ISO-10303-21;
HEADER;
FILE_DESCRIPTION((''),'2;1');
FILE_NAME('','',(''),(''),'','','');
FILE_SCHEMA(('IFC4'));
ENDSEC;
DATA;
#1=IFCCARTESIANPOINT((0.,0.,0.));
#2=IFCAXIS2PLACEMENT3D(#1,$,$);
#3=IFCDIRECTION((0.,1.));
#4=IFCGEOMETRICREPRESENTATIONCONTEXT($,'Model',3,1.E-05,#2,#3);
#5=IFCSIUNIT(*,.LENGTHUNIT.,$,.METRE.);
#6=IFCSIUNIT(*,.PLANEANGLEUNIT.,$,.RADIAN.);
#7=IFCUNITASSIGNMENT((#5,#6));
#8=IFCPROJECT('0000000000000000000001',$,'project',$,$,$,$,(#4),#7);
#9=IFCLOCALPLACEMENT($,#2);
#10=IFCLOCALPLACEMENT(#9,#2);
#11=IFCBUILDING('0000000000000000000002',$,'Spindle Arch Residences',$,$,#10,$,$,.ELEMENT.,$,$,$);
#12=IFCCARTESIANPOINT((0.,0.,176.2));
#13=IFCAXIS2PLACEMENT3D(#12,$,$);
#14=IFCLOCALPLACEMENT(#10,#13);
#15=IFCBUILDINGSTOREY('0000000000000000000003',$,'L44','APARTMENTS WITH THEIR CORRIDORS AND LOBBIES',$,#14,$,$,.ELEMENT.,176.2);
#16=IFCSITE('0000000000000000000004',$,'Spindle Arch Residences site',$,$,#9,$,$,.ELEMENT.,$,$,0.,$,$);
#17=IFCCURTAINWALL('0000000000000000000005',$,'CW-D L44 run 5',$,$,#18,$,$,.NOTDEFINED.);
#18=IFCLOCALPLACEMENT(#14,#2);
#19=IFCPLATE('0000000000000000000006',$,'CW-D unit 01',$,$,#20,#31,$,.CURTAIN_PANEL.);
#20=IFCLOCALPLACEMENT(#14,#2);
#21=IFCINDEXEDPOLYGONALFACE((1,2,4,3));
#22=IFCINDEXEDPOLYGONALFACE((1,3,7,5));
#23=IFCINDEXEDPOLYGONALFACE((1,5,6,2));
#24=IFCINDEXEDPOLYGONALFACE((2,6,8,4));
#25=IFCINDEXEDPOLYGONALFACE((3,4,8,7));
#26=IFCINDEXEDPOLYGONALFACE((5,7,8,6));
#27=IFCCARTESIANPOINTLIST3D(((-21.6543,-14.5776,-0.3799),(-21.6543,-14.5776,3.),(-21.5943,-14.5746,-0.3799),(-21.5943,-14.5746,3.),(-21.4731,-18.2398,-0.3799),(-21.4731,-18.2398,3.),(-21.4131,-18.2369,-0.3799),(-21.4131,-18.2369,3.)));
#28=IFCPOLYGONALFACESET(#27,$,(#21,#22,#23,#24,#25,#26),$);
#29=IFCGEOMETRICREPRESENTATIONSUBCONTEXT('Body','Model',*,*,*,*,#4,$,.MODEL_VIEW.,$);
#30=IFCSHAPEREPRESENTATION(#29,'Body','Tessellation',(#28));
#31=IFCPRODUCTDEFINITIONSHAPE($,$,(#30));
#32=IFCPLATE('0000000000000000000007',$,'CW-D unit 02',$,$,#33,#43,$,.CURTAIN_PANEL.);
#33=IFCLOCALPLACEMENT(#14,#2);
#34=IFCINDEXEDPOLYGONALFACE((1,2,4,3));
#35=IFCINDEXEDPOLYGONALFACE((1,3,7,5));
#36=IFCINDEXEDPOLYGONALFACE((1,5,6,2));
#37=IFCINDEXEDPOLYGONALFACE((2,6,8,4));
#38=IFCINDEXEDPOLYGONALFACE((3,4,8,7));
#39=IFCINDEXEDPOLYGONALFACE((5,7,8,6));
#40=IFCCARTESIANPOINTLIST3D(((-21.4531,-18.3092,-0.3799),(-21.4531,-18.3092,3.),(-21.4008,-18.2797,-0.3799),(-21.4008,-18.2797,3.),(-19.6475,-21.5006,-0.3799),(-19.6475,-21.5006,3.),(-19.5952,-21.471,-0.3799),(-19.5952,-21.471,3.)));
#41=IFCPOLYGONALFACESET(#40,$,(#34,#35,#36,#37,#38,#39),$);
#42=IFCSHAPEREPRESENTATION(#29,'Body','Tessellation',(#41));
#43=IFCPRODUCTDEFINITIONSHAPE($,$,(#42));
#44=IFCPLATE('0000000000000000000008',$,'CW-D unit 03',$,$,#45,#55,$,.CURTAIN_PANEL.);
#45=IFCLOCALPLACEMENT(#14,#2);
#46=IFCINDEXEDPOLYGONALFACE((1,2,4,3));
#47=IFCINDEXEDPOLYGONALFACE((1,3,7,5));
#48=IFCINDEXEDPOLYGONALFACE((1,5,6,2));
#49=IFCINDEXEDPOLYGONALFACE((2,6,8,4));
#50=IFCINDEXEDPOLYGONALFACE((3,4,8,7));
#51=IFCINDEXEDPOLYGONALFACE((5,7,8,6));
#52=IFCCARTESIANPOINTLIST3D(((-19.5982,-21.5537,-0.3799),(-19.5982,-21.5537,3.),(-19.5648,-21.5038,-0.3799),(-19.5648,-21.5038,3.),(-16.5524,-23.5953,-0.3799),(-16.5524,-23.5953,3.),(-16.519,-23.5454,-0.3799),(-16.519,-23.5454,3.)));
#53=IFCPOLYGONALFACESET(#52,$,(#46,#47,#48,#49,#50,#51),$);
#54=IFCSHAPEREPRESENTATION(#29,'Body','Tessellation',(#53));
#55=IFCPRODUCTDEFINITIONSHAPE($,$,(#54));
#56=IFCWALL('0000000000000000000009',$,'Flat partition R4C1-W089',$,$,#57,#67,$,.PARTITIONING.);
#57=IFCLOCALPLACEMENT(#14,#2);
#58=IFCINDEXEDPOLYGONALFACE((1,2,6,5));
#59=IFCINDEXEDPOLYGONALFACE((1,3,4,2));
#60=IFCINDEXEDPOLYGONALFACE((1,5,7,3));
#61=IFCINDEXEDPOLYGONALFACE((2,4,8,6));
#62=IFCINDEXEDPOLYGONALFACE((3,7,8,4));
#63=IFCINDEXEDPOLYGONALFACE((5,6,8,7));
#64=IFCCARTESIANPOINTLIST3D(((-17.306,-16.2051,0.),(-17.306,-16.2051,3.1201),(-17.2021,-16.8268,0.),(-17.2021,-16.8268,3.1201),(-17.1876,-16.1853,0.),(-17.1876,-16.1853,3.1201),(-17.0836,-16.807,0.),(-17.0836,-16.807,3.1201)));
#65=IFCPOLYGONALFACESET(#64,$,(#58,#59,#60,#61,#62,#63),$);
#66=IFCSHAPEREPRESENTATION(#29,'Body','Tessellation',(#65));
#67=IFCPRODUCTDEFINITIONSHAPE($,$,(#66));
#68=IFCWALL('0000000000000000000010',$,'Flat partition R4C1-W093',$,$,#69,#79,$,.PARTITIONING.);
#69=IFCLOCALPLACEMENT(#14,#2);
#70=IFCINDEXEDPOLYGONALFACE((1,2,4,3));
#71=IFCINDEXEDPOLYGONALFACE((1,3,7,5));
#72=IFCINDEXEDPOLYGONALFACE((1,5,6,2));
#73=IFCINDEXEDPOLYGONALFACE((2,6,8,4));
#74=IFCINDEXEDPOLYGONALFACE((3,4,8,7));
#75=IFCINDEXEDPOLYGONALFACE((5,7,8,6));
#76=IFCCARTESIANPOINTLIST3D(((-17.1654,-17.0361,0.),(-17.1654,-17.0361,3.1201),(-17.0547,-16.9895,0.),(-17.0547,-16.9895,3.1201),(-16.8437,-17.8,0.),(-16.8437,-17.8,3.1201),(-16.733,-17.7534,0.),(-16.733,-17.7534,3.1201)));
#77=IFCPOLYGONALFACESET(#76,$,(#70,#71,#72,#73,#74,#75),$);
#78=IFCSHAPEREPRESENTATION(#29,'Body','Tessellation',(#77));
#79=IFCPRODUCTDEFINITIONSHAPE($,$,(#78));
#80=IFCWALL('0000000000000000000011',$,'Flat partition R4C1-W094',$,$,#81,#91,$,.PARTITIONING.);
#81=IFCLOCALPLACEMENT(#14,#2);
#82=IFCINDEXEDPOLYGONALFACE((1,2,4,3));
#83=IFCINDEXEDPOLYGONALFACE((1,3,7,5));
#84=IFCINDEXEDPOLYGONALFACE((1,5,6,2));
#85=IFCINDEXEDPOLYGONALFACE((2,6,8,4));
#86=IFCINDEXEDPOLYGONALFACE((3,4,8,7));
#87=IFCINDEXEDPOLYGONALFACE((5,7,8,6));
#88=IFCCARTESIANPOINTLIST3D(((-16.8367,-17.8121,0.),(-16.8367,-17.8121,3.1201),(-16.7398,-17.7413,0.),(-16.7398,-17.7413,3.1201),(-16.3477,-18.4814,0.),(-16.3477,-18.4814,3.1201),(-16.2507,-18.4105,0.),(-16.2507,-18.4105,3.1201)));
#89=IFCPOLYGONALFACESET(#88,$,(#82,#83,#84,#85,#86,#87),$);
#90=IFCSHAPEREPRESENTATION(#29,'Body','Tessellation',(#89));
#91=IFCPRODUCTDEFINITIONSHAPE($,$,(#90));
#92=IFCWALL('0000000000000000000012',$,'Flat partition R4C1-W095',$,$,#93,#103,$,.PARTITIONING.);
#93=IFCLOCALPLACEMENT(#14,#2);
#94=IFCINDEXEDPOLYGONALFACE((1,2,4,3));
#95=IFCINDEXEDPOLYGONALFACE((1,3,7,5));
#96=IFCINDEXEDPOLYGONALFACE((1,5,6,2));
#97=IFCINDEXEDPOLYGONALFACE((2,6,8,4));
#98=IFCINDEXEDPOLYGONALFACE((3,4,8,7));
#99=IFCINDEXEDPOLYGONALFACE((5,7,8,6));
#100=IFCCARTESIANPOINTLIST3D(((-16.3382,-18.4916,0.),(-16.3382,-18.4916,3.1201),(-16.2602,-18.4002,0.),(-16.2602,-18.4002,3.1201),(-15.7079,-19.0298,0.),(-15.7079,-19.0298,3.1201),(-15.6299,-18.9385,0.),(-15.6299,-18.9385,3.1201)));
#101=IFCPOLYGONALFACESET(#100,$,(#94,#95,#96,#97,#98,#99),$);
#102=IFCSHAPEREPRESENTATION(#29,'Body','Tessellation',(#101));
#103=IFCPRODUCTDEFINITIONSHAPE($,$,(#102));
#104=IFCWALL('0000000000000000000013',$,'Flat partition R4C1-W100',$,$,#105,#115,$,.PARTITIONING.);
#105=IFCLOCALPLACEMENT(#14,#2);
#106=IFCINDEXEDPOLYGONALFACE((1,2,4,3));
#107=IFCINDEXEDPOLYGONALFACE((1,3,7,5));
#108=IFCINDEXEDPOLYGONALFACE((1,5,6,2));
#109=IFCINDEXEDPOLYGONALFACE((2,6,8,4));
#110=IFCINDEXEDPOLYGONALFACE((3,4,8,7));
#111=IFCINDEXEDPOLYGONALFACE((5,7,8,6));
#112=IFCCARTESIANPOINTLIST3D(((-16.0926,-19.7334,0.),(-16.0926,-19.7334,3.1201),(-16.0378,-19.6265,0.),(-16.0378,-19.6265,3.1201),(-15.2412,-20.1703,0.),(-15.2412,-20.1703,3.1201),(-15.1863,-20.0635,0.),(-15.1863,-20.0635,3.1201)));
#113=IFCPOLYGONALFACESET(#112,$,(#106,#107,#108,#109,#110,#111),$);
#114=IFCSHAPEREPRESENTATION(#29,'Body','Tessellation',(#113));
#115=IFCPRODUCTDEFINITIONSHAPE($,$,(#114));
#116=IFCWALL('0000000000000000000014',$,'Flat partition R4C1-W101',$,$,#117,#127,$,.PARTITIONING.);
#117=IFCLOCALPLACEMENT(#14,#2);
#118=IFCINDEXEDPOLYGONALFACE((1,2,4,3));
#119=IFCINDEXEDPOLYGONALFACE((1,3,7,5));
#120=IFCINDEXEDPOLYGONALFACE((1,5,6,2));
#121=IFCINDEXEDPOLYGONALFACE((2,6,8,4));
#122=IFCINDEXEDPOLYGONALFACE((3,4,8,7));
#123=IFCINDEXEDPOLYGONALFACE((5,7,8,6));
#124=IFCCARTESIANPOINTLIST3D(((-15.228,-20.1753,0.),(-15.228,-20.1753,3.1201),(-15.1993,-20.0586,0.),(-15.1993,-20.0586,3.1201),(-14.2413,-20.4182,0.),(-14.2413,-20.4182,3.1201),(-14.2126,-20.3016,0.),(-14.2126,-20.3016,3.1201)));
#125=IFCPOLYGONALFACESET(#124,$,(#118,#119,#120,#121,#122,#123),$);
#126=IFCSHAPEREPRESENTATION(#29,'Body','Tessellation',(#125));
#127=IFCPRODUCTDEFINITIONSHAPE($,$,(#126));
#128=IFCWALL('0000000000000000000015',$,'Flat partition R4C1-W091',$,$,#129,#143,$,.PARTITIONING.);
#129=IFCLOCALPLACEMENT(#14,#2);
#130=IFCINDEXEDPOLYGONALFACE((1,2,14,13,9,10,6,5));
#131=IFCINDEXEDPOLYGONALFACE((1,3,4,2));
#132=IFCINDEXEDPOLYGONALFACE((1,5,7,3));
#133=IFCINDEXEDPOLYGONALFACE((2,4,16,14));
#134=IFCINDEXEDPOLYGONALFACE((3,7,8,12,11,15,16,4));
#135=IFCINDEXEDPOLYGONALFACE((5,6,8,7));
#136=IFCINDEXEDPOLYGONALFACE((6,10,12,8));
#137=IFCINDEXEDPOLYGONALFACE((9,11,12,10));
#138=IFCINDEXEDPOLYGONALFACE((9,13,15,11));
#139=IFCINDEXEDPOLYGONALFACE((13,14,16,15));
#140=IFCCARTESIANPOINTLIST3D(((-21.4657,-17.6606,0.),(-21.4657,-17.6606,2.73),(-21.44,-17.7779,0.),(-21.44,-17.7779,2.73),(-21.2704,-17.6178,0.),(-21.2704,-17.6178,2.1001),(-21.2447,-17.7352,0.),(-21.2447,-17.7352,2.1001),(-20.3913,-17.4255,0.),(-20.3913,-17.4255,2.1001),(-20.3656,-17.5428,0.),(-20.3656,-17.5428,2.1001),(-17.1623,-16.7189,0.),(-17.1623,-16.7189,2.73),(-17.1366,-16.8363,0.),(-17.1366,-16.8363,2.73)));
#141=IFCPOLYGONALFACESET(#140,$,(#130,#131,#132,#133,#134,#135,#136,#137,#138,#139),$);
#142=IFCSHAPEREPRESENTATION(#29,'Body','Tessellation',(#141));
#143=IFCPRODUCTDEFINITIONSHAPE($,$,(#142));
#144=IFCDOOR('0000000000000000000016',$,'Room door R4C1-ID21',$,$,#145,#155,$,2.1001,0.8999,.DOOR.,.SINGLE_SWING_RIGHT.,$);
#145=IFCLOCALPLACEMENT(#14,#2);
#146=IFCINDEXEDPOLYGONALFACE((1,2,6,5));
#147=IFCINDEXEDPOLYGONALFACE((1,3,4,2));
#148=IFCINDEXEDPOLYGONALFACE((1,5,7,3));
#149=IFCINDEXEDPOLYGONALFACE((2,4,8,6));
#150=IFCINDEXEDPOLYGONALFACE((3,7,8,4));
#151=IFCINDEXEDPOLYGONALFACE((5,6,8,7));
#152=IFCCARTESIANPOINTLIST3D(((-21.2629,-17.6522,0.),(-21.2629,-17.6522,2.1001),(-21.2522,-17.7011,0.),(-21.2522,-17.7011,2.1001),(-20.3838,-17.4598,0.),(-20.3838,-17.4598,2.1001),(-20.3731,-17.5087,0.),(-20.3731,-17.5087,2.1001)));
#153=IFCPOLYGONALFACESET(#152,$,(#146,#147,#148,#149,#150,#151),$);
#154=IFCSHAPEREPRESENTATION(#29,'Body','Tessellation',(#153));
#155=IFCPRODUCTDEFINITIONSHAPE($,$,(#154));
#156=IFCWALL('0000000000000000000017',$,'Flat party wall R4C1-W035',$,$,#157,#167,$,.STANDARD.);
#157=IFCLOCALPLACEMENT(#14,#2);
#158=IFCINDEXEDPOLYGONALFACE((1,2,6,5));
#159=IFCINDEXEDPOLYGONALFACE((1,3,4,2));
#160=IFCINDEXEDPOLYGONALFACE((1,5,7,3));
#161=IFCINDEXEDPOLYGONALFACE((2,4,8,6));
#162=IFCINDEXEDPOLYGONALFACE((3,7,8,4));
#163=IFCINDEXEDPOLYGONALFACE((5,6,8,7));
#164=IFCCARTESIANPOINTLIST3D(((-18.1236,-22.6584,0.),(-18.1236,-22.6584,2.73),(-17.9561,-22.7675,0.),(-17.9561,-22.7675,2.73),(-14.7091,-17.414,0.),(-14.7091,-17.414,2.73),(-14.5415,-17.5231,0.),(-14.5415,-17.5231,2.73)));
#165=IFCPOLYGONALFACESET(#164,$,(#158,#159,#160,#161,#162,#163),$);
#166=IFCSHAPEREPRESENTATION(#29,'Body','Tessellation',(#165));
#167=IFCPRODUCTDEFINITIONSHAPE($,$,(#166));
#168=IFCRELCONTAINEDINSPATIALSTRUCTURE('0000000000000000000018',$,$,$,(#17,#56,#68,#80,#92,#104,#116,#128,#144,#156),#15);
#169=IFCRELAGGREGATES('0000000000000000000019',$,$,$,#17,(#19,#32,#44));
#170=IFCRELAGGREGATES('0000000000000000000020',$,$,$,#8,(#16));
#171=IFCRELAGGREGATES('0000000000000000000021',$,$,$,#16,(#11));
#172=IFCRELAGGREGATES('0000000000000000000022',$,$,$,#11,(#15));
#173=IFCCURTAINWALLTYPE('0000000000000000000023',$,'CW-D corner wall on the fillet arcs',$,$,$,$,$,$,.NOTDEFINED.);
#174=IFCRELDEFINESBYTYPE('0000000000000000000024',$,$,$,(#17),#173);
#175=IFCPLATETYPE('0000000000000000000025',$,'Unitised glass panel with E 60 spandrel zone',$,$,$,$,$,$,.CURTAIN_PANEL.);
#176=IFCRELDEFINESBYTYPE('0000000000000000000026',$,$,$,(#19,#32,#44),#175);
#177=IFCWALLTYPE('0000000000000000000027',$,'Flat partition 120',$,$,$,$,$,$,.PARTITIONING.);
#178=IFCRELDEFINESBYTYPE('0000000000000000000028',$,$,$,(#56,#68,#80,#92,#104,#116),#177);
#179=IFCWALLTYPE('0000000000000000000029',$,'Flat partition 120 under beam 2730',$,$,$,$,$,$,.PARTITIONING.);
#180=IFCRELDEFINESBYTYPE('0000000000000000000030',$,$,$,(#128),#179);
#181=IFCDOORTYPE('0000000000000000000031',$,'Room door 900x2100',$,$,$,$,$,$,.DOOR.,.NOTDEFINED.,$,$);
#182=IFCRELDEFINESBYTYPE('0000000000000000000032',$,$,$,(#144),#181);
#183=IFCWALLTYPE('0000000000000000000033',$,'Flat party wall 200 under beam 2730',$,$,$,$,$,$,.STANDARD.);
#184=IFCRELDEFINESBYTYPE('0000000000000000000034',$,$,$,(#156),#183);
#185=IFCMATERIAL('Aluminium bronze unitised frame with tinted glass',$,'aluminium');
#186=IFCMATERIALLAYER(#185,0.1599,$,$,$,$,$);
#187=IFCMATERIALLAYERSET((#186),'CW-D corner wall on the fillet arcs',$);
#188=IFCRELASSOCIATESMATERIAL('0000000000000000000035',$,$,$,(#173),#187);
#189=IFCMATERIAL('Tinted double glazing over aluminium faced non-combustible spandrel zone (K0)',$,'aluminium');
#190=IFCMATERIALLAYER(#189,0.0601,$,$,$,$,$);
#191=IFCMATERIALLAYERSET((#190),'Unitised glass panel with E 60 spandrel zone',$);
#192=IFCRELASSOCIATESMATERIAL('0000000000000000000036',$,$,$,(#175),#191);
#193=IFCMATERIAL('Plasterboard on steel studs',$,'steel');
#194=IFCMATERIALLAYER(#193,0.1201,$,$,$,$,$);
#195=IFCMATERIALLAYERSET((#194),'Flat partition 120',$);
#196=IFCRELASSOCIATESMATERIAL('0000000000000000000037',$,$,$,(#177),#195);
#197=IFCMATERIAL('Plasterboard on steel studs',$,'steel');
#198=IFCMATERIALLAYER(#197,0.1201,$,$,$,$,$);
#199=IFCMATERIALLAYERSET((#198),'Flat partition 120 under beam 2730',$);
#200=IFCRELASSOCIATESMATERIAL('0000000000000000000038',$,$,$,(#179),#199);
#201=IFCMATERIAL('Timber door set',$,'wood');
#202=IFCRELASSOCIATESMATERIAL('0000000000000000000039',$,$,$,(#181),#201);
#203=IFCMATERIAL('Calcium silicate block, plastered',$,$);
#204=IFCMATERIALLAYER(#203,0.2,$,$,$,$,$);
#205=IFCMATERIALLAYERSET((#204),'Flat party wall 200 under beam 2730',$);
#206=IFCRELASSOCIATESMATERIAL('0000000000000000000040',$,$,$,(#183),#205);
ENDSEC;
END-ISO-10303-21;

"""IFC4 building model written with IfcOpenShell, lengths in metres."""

from ifc_helpers import new_model, si_unit, direction, frame, frame_2d, origin, origin_2d, place, context, subcontext, project, spatial, rectangle, extrude, material, layer, layer_set, type_object, element, fill, aggregate, save


model = new_model("IFC4")

# Units and contexts
model_context = context("Model", 3, precision=1e-05, world=origin(), true_north=direction((0.0, 1.0)))
body_context = subcontext(model_context, "Body", "Model", "MODEL_VIEW")
ifc_project = project(units=[si_unit("LENGTHUNIT", "METRE"), si_unit("PLANEANGLEUNIT", "RADIAN")], contexts=[model_context])

# Site, building, storey
site_placement = place(None, origin())
site = spatial("IfcSite", under=ifc_project, at=site_placement, Name="Spindle Arch Residences site", CompositionType="ELEMENT", RefElevation=0.0)
building_placement = place(site_placement, origin())
building = spatial("IfcBuilding", under=site, at=building_placement, Name="Spindle Arch Residences", CompositionType="ELEMENT")
storey_placement = place(building_placement, frame((0.0, 0.0, 176.2)))
storey = spatial("IfcBuildingStorey", under=building, at=storey_placement, Name="L44", Description="APARTMENTS WITH THEIR CORRIDORS AND LOBBIES", CompositionType="ELEMENT", Elevation=176.2)

# Curtain wall
ifc_material_1 = material(Name="Aluminium bronze unitised frame with tinted glass", Category="aluminium")
ifc_layer_1 = layer(ifc_material_1, 0.1599)
ifc_layer_set_1 = layer_set([ifc_layer_1], Name="CW-D corner wall on the fillet arcs")
curtain_wall_type = type_object("IfcCurtainWallType", Name="CW-D corner wall on the fillet arcs", PredefinedType="NOTDEFINED", material=ifc_layer_set_1)
curtain_wall_placement = place(storey_placement, origin())
curtain_wall = element("IfcCurtainWall", 1, at=curtain_wall_placement, inside=storey, type_object=curtain_wall_type, Name="CW-D L44 run 5", PredefinedType="NOTDEFINED")

# Plates
ifc_material_2 = material(Name="Tinted double glazing over aluminium faced non-combustible spandrel zone (K0)", Category="aluminium")
ifc_layer_2 = layer(ifc_material_2, 0.0601)
ifc_layer_set_2 = layer_set([ifc_layer_2], Name="Unitised glass panel with E 60 spandrel zone")
plate_type = type_object("IfcPlateType", Name="Unitised glass panel with E 60 spandrel zone", PredefinedType="CURTAIN_PANEL", material=ifc_layer_set_2)
plate_1_placement = place(storey_placement, frame((-21.5337, -16.4072, -0.3799), z_axis=(0.0, 0.0, 1.0), x_axis=(0.049431, -0.998778, 0.0)))
plate_1 = element("IfcPlate", 2, at=plate_1_placement, type_object=plate_type, Name="CW-D unit 01", PredefinedType="CURTAIN_PANEL", context=body_context, shape_type="SweptSolid", body=[
    extrude(rectangle(XDim=3.6667, YDim=0.0601, at=origin_2d()), origin(), (0.0, 0.0, 1.0), 3.3799),
])
plate_2_placement = place(storey_placement, frame((-20.5242, -19.8901, -0.3799), z_axis=(0.0, 0.0, 1.0), x_axis=(0.492424, -0.870356, 0.0)))
plate_2 = element("IfcPlate", 3, at=plate_2_placement, type_object=plate_type, Name="CW-D unit 02", PredefinedType="CURTAIN_PANEL", context=body_context, shape_type="SweptSolid", body=[
    extrude(rectangle(XDim=3.6667, YDim=0.0601, at=origin_2d()), origin(), (0.0, 0.0, 1.0), 3.3799),
])
plate_3_placement = place(storey_placement, frame((-18.0586, -22.5496, -0.3799), z_axis=(0.0, 0.0, 1.0), x_axis=(0.830661, -0.556779, 0.0)))
plate_3 = element("IfcPlate", 4, at=plate_3_placement, type_object=plate_type, Name="CW-D unit 03", PredefinedType="CURTAIN_PANEL", context=body_context, shape_type="SweptSolid", body=[
    extrude(rectangle(XDim=3.6667, YDim=0.0601, at=origin_2d()), origin(), (0.0, 0.0, 1.0), 3.3799),
])
aggregate(curtain_wall, [plate_1, plate_2, plate_3])

# Walls
ifc_material_3 = material(Name="Plasterboard on steel studs", Category="steel")
ifc_layer_3 = layer(ifc_material_3, 0.1201)
ifc_layer_set_3 = layer_set([ifc_layer_3], Name="Flat partition 120")
wall_type_1 = type_object("IfcWallType", Name="Flat partition 120", PredefinedType="PARTITIONING", material=ifc_layer_set_3)
wall_1_placement = place(storey_placement, frame((-17.1428, -16.8169, 0.0), z_axis=(0.0, 0.0, 1.0), x_axis=(-0.164964, 0.9863, 0.0)))
element("IfcWall", 5, at=wall_1_placement, inside=storey, type_object=wall_type_1, Name="Flat partition R4C1-W089", PredefinedType="PARTITIONING", context=body_context, shape_type="SweptSolid", body=[
    extrude(rectangle(XDim=0.6304, YDim=0.1201, at=frame_2d((0.3152, 0.0))), origin(), (0.0, 0.0, 1.0), 3.1201),
])
for number, where, z_axis, x_axis, name in (
    (6, (-17.1101, -17.0127, 0.0), (0.0, 0.0, 1.0), (0.388189, -0.92158, 0.0), "Flat partition R4C1-W093"),
    (7, (-16.7883, -17.7766, 0.0), (0.0, 0.0, 1.0), (0.590009, -0.807397, 0.0), "Flat partition R4C1-W094"),
    (8, (-16.2993, -18.4458, 0.0), (0.0, 0.0, 1.0), (0.76044, -0.649408, 0.0), "Flat partition R4C1-W095"),
):
    element("IfcWall", number, at=place(storey_placement, frame(where, z_axis=z_axis, x_axis=x_axis)), inside=storey, type_object=wall_type_1, Name=name, PredefinedType="PARTITIONING", context=body_context, shape_type="SweptSolid", body=[
        extrude(rectangle(XDim=0.8289, YDim=0.1201, at=frame_2d((0.4146, 0.0))), origin(), (0.0, 0.0, 1.0), 3.1201),
    ])
wall_2_placement = place(storey_placement, frame((-16.0652, -19.6799, 0.0), z_axis=(0.0, 0.0, 1.0), x_axis=(0.889685, -0.456576, 0.0)))
element("IfcWall", 9, at=wall_2_placement, inside=storey, type_object=wall_type_1, Name="Flat partition R4C1-W100", PredefinedType="PARTITIONING", context=body_context, shape_type="SweptSolid", body=[
    extrude(rectangle(XDim=0.957, YDim=0.1201, at=frame_2d((0.4785, 0.0))), origin(), (0.0, 0.0, 1.0), 3.1201),
])
wall_3_placement = place(storey_placement, frame((-15.2136, -20.1169, 0.0), z_axis=(0.0, 0.0, 1.0), x_axis=(0.970999, -0.239085, 0.0)))
element("IfcWall", 10, at=wall_3_placement, inside=storey, type_object=wall_type_1, Name="Flat partition R4C1-W101", PredefinedType="PARTITIONING", context=body_context, shape_type="SweptSolid", body=[
    extrude(rectangle(XDim=1.0161, YDim=0.1201, at=frame_2d((0.5081, 0.0))), origin(), (0.0, 0.0, 1.0), 3.1201),
])

# Wall, opening, door
ifc_material_4 = material(Name="Plasterboard on steel studs", Category="steel")
ifc_layer_4 = layer(ifc_material_4, 0.1201)
ifc_layer_set_4 = layer_set([ifc_layer_4], Name="Flat partition 120 under beam 2730")
wall_type_2 = type_object("IfcWallType", Name="Flat partition 120 under beam 2730", PredefinedType="PARTITIONING", material=ifc_layer_set_4)
wall_4_placement = place(storey_placement, frame((-21.4529, -17.7192, 0.0), z_axis=(0.0, 0.0, 1.0), x_axis=(0.976887, 0.213755, 0.0)))
wall_4 = element("IfcWall", 11, at=wall_4_placement, inside=storey, type_object=wall_type_2, Name="Flat partition R4C1-W091", PredefinedType="PARTITIONING", context=body_context, shape_type="SweptSolid", body=[
    extrude(rectangle(XDim=4.4053, YDim=0.1201, at=frame_2d((2.2026, 0.0))), origin(), (0.0, 0.0, 1.0), 2.73),
])
opening_placement = place(wall_4_placement, frame((0.2, 0.0, 0.0)))
opening = element("IfcOpeningElement", 12, at=opening_placement, cuts=wall_4, PredefinedType="OPENING", context=body_context, shape_type="SweptSolid", body=[
    extrude(rectangle(XDim=0.8999, YDim=2.1001, at=frame_2d((0.45, 1.05))), frame((0.0, 0.0701, 0.0), z_axis=(0.0, -1.0, 0.0), x_axis=(1.0, 0.0, 0.0)), (0.0, 0.0, 1.0), 0.1401),
])
ifc_material_5 = material(Name="Timber door set", Category="wood")
door_type = type_object("IfcDoorType", Name="Room door 900x2100", OperationType="NOTDEFINED", PredefinedType="DOOR", material=ifc_material_5)
door_placement = place(opening_placement, origin())
door = element("IfcDoor", 13, at=door_placement, inside=storey, type_object=door_type, Name="Room door R4C1-ID21", OperationType="SINGLE_SWING_RIGHT", OverallHeight=2.1001, OverallWidth=0.8999, PredefinedType="DOOR", context=body_context, shape_type="SweptSolid", body=[
    extrude(rectangle(XDim=0.8999, YDim=2.1001, at=frame_2d((0.45, 1.05))), frame((0.0, 0.0249, 0.0), z_axis=(0.0, -1.0, 0.0), x_axis=(1.0, 0.0, 0.0)), (0.0, 0.0, 1.0), 0.05),
])
fill(opening, door)

# Wall
ifc_material_6 = material(Name="Calcium silicate block, plastered")
ifc_layer_5 = layer(ifc_material_6, 0.2)
ifc_layer_set_5 = layer_set([ifc_layer_5], Name="Flat party wall 200 under beam 2730")
wall_type_3 = type_object("IfcWallType", Name="Flat party wall 200 under beam 2730", PredefinedType="STANDARD", material=ifc_layer_set_5)
wall_5_placement = place(storey_placement, frame((-18.0398, -22.7129, 0.0), z_axis=(0.0, 0.0, 1.0), x_axis=(0.545629, 0.838027, 0.0)))
element("IfcWall", 14, at=wall_5_placement, inside=storey, type_object=wall_type_3, Name="Flat party wall R4C1-W035", PredefinedType="STANDARD", context=body_context, shape_type="SweptSolid", body=[
    extrude(rectangle(XDim=6.2581, YDim=0.2, at=frame_2d((3.1289, 0.0))), origin(), (0.0, 0.0, 1.0), 2.73),
])

save(model, "model.ifc")
